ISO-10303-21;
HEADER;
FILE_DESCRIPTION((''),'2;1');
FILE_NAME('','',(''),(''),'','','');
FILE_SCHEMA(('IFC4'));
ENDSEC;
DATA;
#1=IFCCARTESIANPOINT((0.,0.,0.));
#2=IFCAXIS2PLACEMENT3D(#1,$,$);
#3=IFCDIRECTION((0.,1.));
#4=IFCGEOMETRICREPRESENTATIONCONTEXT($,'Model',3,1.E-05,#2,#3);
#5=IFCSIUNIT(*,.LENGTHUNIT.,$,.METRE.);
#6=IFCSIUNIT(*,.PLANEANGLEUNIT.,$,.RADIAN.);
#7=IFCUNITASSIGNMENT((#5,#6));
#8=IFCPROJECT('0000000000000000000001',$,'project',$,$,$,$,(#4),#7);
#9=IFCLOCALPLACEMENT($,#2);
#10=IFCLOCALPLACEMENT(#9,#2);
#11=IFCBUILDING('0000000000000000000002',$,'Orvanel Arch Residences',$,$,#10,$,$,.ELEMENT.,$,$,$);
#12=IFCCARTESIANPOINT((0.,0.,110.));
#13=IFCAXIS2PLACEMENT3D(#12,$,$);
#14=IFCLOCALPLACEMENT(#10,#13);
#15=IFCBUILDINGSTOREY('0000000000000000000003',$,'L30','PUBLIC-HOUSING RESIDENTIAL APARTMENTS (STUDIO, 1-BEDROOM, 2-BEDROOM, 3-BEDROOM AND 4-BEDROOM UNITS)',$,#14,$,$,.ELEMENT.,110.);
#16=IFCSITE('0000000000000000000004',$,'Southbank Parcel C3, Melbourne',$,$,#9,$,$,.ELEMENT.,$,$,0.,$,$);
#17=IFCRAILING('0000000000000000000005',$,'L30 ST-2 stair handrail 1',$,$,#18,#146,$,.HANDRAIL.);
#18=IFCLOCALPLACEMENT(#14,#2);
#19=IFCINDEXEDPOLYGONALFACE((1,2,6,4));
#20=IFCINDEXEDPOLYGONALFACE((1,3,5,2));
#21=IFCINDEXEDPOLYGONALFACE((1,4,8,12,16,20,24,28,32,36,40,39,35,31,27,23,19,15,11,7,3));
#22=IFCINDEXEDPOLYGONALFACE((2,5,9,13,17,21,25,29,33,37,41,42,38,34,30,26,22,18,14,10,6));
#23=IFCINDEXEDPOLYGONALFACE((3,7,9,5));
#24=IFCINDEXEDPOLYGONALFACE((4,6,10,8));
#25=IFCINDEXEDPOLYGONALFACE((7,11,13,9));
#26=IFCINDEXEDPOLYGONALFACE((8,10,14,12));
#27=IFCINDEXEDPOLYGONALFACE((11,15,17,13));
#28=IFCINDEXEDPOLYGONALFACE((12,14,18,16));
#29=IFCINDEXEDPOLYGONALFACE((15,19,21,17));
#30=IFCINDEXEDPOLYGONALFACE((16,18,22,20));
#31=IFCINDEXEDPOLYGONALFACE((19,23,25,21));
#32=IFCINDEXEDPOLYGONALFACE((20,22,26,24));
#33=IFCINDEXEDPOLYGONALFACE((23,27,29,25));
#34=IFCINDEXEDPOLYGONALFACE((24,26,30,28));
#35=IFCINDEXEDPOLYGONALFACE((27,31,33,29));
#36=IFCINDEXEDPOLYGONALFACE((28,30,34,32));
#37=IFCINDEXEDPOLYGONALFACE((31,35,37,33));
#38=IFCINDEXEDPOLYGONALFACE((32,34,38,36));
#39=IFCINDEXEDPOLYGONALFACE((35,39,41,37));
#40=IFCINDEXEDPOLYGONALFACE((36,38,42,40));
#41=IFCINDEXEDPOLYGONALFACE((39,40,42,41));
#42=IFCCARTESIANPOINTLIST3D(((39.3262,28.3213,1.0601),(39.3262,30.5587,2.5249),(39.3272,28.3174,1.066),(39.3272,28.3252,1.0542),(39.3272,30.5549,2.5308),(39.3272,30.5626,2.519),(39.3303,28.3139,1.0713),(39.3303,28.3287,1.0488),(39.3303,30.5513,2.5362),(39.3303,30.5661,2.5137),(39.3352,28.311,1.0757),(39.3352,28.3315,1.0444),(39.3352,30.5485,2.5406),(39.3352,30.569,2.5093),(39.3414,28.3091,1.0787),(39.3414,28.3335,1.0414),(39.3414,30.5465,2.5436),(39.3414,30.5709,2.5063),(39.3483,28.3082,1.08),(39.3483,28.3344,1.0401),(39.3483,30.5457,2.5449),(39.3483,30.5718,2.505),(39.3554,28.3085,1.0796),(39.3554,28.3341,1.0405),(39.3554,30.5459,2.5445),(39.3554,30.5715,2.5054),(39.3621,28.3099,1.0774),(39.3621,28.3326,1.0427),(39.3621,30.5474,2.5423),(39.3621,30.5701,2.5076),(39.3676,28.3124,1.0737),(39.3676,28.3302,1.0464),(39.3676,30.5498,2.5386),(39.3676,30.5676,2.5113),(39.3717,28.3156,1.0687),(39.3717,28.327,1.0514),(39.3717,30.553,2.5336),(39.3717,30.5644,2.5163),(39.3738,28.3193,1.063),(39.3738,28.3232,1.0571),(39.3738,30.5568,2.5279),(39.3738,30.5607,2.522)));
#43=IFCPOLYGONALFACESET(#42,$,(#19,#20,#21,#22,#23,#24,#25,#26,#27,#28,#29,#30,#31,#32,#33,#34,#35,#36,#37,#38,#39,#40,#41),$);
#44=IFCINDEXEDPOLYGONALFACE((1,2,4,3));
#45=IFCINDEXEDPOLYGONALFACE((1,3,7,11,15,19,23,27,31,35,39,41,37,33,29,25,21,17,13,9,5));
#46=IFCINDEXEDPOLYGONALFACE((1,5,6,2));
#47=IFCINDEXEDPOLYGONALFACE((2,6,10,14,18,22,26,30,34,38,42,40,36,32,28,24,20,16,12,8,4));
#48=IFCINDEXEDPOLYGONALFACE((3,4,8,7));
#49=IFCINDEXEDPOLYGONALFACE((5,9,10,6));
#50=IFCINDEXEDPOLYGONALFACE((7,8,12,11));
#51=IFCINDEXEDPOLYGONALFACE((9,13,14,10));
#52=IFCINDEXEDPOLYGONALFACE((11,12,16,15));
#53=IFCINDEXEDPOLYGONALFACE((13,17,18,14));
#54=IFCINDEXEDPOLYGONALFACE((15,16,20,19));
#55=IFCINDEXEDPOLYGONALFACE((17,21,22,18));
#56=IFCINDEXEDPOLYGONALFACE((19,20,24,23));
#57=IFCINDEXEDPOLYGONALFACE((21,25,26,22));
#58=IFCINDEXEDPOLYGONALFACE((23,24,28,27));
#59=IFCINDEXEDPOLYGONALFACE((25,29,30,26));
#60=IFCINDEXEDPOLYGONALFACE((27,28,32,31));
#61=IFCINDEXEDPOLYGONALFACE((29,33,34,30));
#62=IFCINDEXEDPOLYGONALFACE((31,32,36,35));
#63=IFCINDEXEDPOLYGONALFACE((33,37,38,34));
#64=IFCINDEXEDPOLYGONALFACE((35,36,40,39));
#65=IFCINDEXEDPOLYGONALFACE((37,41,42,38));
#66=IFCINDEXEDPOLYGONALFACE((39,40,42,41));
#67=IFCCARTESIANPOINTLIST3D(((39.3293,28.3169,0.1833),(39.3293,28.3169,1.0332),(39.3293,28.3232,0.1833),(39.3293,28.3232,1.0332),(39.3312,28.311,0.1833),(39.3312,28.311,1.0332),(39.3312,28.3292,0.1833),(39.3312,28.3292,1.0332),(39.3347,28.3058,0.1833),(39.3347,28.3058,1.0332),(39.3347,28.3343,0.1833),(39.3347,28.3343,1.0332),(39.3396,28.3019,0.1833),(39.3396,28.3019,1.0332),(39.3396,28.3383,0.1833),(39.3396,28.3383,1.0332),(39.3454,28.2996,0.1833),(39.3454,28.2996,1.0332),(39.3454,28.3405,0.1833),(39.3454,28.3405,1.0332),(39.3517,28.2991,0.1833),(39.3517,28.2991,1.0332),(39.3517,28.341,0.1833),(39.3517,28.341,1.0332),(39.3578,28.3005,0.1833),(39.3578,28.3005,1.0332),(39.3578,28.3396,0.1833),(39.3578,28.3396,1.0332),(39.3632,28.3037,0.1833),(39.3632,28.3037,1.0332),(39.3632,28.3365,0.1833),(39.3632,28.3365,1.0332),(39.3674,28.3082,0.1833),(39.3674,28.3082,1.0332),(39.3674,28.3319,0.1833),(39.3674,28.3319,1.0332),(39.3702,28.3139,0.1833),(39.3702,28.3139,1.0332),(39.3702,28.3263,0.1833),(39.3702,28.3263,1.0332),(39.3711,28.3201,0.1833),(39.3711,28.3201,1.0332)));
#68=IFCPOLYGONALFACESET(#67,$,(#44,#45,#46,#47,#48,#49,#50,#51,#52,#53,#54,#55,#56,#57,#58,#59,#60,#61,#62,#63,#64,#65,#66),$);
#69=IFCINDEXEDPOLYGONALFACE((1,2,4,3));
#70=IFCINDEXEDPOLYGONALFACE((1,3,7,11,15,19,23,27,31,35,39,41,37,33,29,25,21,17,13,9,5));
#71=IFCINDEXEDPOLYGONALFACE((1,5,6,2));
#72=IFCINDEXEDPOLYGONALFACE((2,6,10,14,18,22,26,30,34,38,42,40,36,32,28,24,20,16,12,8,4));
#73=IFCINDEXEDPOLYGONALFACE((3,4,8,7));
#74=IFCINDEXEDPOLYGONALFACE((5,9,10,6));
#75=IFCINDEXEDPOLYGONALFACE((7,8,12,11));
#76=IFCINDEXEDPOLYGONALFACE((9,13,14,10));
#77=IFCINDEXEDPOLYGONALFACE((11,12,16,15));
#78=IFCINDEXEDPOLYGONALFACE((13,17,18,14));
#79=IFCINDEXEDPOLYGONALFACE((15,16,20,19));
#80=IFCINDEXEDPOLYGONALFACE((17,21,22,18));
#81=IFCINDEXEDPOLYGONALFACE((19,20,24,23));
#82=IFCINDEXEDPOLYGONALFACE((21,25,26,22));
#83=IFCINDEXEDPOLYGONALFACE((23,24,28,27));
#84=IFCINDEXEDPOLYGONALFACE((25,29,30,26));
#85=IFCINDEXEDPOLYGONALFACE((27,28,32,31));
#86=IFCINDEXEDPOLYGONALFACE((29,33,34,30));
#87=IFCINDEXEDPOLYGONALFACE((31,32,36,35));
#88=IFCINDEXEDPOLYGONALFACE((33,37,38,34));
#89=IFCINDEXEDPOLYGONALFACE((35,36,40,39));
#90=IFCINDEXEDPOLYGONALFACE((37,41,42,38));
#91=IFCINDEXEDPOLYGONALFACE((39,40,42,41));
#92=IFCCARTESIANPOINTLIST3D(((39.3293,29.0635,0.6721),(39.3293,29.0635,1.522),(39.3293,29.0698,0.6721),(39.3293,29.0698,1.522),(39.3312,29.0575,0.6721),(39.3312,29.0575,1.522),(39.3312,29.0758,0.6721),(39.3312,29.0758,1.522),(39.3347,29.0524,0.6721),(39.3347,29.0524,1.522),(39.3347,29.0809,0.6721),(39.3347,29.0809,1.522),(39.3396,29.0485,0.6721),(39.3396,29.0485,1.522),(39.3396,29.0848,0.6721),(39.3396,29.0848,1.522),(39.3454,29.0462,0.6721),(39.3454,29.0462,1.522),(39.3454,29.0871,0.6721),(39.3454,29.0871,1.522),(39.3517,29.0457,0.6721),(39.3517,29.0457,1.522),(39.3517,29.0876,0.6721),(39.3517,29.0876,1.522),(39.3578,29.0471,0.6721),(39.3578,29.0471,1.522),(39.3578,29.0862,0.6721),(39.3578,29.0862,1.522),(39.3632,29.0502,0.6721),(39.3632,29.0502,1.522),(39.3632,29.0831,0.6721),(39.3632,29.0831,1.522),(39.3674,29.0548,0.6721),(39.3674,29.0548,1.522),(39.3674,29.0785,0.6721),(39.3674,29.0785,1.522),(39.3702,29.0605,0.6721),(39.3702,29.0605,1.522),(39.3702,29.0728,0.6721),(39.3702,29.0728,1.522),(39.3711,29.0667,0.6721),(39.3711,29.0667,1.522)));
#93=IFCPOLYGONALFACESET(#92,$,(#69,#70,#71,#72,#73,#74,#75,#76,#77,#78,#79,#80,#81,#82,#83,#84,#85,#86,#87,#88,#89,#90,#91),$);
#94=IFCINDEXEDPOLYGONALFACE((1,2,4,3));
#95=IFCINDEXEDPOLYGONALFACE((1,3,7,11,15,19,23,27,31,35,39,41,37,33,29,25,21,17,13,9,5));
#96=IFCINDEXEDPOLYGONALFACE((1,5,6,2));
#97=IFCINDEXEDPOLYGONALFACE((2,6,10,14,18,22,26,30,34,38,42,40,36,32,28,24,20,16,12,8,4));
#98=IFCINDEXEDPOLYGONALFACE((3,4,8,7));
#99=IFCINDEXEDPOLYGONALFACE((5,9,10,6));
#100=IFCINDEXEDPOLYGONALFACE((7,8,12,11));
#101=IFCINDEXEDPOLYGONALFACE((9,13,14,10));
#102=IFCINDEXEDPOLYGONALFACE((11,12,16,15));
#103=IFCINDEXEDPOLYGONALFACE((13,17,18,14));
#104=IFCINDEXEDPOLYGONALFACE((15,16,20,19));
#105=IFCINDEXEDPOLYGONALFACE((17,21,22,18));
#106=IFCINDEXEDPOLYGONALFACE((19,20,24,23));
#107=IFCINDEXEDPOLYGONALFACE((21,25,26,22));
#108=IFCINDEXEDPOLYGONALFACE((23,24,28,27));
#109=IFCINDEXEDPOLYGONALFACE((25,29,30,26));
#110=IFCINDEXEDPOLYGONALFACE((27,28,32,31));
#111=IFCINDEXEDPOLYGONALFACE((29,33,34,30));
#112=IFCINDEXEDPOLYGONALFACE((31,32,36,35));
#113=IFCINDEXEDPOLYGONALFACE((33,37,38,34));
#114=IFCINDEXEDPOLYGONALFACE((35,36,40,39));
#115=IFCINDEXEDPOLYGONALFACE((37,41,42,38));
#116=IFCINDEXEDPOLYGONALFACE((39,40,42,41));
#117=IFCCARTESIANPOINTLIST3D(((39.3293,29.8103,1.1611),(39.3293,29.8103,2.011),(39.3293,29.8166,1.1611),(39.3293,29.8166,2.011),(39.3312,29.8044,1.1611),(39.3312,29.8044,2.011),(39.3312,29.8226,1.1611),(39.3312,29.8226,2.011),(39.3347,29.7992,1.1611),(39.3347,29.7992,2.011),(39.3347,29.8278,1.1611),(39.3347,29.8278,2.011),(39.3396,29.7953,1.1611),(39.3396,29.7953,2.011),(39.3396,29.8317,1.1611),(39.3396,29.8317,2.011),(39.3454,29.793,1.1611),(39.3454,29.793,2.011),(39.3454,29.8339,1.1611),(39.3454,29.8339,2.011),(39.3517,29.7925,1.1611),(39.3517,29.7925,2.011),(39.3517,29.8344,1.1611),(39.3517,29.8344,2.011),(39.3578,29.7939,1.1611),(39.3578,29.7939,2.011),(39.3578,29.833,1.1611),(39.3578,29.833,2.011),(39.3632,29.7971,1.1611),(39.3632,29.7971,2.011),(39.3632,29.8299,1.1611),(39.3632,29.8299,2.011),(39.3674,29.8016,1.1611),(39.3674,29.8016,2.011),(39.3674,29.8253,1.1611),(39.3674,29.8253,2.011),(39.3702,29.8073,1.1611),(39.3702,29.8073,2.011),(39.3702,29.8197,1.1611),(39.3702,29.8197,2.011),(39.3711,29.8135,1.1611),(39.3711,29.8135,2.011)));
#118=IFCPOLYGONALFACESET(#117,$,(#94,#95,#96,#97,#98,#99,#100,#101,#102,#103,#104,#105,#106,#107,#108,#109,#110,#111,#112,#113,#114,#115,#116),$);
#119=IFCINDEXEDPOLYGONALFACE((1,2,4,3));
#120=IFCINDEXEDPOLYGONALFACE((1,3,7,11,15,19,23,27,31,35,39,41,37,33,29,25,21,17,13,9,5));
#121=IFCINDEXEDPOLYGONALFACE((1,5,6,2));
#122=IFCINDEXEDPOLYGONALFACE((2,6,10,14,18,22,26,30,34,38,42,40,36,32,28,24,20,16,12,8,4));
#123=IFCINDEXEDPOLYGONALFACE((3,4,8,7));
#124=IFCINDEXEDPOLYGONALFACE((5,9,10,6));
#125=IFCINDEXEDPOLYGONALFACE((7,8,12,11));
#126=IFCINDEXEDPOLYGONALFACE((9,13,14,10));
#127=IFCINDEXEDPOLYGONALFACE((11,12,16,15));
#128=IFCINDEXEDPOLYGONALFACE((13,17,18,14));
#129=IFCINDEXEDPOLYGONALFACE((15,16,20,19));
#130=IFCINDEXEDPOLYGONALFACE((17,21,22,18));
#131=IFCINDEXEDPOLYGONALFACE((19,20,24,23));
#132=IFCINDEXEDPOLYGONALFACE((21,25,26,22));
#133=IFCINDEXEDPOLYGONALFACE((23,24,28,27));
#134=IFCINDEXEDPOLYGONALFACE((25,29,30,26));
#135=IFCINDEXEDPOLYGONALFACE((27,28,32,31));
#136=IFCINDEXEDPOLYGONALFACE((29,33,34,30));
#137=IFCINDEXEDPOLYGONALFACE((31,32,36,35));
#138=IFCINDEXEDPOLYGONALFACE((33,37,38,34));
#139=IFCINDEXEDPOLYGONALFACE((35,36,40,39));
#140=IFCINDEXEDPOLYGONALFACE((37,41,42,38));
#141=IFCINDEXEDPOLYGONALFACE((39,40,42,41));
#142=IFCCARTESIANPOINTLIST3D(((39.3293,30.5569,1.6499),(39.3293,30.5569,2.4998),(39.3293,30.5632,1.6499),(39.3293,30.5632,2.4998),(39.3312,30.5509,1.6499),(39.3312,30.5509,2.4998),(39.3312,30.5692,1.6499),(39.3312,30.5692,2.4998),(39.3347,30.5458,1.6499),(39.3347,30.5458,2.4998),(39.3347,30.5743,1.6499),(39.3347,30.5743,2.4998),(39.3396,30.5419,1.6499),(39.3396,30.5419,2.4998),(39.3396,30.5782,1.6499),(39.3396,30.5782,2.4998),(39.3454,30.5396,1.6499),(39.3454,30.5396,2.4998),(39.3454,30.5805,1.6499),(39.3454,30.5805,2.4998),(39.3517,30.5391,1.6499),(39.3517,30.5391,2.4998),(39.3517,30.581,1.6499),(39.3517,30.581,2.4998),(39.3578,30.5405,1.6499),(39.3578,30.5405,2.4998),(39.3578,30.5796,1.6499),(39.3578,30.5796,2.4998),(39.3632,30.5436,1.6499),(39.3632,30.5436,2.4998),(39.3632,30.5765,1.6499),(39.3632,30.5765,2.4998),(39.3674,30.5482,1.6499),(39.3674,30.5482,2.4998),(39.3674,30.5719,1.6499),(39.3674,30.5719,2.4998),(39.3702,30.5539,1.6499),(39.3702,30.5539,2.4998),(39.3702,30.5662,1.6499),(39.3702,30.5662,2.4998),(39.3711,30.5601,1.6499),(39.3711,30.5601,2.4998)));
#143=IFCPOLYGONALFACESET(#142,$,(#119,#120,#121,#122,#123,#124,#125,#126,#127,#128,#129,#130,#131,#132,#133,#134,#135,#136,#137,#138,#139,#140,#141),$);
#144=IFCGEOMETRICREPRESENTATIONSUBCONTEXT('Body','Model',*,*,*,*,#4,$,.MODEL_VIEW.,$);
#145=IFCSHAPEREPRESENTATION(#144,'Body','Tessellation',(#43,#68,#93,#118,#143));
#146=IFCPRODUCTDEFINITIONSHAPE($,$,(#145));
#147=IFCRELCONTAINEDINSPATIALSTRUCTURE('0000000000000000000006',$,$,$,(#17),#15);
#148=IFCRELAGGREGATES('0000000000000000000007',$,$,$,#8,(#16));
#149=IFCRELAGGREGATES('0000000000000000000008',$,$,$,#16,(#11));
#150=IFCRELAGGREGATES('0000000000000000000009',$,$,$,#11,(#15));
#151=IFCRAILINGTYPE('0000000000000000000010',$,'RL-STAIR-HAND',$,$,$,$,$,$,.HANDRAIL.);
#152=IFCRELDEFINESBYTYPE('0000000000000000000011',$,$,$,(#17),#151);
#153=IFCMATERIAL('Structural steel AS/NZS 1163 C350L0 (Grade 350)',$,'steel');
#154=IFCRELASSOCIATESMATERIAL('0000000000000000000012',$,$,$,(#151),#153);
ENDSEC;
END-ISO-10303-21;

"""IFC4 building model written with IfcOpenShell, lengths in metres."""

from ifc_helpers import new_model, si_unit, direction, frame, origin, origin_2d, place, context, subcontext, project, spatial, circle, extrude, material, type_object, element, save


model = new_model("IFC4")

# Units and contexts
model_context = context("Model", 3, precision=1e-05, world=origin(), true_north=direction((0.0, 1.0)))
body_context = subcontext(model_context, "Body", "Model", "MODEL_VIEW")
ifc_project = project(units=[si_unit("LENGTHUNIT", "METRE"), si_unit("PLANEANGLEUNIT", "RADIAN")], contexts=[model_context])

# Site, building, storey
site_placement = place(None, origin())
site = spatial("IfcSite", under=ifc_project, at=site_placement, Name="Southbank Parcel C3, Melbourne", CompositionType="ELEMENT", RefElevation=0.0)
building_placement = place(site_placement, origin())
building = spatial("IfcBuilding", under=site, at=building_placement, Name="Orvanel Arch Residences", CompositionType="ELEMENT")
storey_placement = place(building_placement, frame((0.0, 0.0, 110.0)))
storey = spatial("IfcBuildingStorey", under=building, at=storey_placement, Name="L30", Description="PUBLIC-HOUSING RESIDENTIAL APARTMENTS (STUDIO, 1-BEDROOM, 2-BEDROOM, 3-BEDROOM AND 4-BEDROOM UNITS)", CompositionType="ELEMENT", Elevation=110.0)

# Railing
ifc_material_1 = material(Name="Structural steel AS/NZS 1163 C350L0 (Grade 350)", Category="steel")
railing_type_1 = type_object("IfcRailingType", Name="RL-STAIR-HAND", PredefinedType="HANDRAIL", material=ifc_material_1)
railing_1_placement = place(storey_placement, frame((39.3501, 28.3201, 0.1833)))
element("IfcRailing", 1, at=railing_1_placement, inside=storey, type_object=railing_type_1, Name="L30 ST-2 stair handrail 1", PredefinedType="HANDRAIL", context=body_context, shape_type="SweptSolid", body=[
    extrude(circle(Radius=0.0239, at=origin_2d()), frame((0.0, 0.0012, 0.8767), z_axis=(0.0, 0.836637, 0.547758), x_axis=(-1.0, 0.0, 0.0)), (0.0, 0.0, 1.0), 2.6743),
    extrude(circle(Radius=0.021, at=origin_2d()), origin(), (0.0, 0.0, 1.0), 0.8499),
    extrude(circle(Radius=0.021, at=origin_2d()), frame((0.0, 0.7466, 0.4888)), (0.0, 0.0, 1.0), 0.8499),
    extrude(circle(Radius=0.021, at=origin_2d()), frame((0.0, 1.4934, 0.9778)), (0.0, 0.0, 1.0), 0.8499),
    extrude(circle(Radius=0.021, at=origin_2d()), frame((0.0, 2.24, 1.4666)), (0.0, 0.0, 1.0), 0.8499),
])

save(model, "model.ifc")
